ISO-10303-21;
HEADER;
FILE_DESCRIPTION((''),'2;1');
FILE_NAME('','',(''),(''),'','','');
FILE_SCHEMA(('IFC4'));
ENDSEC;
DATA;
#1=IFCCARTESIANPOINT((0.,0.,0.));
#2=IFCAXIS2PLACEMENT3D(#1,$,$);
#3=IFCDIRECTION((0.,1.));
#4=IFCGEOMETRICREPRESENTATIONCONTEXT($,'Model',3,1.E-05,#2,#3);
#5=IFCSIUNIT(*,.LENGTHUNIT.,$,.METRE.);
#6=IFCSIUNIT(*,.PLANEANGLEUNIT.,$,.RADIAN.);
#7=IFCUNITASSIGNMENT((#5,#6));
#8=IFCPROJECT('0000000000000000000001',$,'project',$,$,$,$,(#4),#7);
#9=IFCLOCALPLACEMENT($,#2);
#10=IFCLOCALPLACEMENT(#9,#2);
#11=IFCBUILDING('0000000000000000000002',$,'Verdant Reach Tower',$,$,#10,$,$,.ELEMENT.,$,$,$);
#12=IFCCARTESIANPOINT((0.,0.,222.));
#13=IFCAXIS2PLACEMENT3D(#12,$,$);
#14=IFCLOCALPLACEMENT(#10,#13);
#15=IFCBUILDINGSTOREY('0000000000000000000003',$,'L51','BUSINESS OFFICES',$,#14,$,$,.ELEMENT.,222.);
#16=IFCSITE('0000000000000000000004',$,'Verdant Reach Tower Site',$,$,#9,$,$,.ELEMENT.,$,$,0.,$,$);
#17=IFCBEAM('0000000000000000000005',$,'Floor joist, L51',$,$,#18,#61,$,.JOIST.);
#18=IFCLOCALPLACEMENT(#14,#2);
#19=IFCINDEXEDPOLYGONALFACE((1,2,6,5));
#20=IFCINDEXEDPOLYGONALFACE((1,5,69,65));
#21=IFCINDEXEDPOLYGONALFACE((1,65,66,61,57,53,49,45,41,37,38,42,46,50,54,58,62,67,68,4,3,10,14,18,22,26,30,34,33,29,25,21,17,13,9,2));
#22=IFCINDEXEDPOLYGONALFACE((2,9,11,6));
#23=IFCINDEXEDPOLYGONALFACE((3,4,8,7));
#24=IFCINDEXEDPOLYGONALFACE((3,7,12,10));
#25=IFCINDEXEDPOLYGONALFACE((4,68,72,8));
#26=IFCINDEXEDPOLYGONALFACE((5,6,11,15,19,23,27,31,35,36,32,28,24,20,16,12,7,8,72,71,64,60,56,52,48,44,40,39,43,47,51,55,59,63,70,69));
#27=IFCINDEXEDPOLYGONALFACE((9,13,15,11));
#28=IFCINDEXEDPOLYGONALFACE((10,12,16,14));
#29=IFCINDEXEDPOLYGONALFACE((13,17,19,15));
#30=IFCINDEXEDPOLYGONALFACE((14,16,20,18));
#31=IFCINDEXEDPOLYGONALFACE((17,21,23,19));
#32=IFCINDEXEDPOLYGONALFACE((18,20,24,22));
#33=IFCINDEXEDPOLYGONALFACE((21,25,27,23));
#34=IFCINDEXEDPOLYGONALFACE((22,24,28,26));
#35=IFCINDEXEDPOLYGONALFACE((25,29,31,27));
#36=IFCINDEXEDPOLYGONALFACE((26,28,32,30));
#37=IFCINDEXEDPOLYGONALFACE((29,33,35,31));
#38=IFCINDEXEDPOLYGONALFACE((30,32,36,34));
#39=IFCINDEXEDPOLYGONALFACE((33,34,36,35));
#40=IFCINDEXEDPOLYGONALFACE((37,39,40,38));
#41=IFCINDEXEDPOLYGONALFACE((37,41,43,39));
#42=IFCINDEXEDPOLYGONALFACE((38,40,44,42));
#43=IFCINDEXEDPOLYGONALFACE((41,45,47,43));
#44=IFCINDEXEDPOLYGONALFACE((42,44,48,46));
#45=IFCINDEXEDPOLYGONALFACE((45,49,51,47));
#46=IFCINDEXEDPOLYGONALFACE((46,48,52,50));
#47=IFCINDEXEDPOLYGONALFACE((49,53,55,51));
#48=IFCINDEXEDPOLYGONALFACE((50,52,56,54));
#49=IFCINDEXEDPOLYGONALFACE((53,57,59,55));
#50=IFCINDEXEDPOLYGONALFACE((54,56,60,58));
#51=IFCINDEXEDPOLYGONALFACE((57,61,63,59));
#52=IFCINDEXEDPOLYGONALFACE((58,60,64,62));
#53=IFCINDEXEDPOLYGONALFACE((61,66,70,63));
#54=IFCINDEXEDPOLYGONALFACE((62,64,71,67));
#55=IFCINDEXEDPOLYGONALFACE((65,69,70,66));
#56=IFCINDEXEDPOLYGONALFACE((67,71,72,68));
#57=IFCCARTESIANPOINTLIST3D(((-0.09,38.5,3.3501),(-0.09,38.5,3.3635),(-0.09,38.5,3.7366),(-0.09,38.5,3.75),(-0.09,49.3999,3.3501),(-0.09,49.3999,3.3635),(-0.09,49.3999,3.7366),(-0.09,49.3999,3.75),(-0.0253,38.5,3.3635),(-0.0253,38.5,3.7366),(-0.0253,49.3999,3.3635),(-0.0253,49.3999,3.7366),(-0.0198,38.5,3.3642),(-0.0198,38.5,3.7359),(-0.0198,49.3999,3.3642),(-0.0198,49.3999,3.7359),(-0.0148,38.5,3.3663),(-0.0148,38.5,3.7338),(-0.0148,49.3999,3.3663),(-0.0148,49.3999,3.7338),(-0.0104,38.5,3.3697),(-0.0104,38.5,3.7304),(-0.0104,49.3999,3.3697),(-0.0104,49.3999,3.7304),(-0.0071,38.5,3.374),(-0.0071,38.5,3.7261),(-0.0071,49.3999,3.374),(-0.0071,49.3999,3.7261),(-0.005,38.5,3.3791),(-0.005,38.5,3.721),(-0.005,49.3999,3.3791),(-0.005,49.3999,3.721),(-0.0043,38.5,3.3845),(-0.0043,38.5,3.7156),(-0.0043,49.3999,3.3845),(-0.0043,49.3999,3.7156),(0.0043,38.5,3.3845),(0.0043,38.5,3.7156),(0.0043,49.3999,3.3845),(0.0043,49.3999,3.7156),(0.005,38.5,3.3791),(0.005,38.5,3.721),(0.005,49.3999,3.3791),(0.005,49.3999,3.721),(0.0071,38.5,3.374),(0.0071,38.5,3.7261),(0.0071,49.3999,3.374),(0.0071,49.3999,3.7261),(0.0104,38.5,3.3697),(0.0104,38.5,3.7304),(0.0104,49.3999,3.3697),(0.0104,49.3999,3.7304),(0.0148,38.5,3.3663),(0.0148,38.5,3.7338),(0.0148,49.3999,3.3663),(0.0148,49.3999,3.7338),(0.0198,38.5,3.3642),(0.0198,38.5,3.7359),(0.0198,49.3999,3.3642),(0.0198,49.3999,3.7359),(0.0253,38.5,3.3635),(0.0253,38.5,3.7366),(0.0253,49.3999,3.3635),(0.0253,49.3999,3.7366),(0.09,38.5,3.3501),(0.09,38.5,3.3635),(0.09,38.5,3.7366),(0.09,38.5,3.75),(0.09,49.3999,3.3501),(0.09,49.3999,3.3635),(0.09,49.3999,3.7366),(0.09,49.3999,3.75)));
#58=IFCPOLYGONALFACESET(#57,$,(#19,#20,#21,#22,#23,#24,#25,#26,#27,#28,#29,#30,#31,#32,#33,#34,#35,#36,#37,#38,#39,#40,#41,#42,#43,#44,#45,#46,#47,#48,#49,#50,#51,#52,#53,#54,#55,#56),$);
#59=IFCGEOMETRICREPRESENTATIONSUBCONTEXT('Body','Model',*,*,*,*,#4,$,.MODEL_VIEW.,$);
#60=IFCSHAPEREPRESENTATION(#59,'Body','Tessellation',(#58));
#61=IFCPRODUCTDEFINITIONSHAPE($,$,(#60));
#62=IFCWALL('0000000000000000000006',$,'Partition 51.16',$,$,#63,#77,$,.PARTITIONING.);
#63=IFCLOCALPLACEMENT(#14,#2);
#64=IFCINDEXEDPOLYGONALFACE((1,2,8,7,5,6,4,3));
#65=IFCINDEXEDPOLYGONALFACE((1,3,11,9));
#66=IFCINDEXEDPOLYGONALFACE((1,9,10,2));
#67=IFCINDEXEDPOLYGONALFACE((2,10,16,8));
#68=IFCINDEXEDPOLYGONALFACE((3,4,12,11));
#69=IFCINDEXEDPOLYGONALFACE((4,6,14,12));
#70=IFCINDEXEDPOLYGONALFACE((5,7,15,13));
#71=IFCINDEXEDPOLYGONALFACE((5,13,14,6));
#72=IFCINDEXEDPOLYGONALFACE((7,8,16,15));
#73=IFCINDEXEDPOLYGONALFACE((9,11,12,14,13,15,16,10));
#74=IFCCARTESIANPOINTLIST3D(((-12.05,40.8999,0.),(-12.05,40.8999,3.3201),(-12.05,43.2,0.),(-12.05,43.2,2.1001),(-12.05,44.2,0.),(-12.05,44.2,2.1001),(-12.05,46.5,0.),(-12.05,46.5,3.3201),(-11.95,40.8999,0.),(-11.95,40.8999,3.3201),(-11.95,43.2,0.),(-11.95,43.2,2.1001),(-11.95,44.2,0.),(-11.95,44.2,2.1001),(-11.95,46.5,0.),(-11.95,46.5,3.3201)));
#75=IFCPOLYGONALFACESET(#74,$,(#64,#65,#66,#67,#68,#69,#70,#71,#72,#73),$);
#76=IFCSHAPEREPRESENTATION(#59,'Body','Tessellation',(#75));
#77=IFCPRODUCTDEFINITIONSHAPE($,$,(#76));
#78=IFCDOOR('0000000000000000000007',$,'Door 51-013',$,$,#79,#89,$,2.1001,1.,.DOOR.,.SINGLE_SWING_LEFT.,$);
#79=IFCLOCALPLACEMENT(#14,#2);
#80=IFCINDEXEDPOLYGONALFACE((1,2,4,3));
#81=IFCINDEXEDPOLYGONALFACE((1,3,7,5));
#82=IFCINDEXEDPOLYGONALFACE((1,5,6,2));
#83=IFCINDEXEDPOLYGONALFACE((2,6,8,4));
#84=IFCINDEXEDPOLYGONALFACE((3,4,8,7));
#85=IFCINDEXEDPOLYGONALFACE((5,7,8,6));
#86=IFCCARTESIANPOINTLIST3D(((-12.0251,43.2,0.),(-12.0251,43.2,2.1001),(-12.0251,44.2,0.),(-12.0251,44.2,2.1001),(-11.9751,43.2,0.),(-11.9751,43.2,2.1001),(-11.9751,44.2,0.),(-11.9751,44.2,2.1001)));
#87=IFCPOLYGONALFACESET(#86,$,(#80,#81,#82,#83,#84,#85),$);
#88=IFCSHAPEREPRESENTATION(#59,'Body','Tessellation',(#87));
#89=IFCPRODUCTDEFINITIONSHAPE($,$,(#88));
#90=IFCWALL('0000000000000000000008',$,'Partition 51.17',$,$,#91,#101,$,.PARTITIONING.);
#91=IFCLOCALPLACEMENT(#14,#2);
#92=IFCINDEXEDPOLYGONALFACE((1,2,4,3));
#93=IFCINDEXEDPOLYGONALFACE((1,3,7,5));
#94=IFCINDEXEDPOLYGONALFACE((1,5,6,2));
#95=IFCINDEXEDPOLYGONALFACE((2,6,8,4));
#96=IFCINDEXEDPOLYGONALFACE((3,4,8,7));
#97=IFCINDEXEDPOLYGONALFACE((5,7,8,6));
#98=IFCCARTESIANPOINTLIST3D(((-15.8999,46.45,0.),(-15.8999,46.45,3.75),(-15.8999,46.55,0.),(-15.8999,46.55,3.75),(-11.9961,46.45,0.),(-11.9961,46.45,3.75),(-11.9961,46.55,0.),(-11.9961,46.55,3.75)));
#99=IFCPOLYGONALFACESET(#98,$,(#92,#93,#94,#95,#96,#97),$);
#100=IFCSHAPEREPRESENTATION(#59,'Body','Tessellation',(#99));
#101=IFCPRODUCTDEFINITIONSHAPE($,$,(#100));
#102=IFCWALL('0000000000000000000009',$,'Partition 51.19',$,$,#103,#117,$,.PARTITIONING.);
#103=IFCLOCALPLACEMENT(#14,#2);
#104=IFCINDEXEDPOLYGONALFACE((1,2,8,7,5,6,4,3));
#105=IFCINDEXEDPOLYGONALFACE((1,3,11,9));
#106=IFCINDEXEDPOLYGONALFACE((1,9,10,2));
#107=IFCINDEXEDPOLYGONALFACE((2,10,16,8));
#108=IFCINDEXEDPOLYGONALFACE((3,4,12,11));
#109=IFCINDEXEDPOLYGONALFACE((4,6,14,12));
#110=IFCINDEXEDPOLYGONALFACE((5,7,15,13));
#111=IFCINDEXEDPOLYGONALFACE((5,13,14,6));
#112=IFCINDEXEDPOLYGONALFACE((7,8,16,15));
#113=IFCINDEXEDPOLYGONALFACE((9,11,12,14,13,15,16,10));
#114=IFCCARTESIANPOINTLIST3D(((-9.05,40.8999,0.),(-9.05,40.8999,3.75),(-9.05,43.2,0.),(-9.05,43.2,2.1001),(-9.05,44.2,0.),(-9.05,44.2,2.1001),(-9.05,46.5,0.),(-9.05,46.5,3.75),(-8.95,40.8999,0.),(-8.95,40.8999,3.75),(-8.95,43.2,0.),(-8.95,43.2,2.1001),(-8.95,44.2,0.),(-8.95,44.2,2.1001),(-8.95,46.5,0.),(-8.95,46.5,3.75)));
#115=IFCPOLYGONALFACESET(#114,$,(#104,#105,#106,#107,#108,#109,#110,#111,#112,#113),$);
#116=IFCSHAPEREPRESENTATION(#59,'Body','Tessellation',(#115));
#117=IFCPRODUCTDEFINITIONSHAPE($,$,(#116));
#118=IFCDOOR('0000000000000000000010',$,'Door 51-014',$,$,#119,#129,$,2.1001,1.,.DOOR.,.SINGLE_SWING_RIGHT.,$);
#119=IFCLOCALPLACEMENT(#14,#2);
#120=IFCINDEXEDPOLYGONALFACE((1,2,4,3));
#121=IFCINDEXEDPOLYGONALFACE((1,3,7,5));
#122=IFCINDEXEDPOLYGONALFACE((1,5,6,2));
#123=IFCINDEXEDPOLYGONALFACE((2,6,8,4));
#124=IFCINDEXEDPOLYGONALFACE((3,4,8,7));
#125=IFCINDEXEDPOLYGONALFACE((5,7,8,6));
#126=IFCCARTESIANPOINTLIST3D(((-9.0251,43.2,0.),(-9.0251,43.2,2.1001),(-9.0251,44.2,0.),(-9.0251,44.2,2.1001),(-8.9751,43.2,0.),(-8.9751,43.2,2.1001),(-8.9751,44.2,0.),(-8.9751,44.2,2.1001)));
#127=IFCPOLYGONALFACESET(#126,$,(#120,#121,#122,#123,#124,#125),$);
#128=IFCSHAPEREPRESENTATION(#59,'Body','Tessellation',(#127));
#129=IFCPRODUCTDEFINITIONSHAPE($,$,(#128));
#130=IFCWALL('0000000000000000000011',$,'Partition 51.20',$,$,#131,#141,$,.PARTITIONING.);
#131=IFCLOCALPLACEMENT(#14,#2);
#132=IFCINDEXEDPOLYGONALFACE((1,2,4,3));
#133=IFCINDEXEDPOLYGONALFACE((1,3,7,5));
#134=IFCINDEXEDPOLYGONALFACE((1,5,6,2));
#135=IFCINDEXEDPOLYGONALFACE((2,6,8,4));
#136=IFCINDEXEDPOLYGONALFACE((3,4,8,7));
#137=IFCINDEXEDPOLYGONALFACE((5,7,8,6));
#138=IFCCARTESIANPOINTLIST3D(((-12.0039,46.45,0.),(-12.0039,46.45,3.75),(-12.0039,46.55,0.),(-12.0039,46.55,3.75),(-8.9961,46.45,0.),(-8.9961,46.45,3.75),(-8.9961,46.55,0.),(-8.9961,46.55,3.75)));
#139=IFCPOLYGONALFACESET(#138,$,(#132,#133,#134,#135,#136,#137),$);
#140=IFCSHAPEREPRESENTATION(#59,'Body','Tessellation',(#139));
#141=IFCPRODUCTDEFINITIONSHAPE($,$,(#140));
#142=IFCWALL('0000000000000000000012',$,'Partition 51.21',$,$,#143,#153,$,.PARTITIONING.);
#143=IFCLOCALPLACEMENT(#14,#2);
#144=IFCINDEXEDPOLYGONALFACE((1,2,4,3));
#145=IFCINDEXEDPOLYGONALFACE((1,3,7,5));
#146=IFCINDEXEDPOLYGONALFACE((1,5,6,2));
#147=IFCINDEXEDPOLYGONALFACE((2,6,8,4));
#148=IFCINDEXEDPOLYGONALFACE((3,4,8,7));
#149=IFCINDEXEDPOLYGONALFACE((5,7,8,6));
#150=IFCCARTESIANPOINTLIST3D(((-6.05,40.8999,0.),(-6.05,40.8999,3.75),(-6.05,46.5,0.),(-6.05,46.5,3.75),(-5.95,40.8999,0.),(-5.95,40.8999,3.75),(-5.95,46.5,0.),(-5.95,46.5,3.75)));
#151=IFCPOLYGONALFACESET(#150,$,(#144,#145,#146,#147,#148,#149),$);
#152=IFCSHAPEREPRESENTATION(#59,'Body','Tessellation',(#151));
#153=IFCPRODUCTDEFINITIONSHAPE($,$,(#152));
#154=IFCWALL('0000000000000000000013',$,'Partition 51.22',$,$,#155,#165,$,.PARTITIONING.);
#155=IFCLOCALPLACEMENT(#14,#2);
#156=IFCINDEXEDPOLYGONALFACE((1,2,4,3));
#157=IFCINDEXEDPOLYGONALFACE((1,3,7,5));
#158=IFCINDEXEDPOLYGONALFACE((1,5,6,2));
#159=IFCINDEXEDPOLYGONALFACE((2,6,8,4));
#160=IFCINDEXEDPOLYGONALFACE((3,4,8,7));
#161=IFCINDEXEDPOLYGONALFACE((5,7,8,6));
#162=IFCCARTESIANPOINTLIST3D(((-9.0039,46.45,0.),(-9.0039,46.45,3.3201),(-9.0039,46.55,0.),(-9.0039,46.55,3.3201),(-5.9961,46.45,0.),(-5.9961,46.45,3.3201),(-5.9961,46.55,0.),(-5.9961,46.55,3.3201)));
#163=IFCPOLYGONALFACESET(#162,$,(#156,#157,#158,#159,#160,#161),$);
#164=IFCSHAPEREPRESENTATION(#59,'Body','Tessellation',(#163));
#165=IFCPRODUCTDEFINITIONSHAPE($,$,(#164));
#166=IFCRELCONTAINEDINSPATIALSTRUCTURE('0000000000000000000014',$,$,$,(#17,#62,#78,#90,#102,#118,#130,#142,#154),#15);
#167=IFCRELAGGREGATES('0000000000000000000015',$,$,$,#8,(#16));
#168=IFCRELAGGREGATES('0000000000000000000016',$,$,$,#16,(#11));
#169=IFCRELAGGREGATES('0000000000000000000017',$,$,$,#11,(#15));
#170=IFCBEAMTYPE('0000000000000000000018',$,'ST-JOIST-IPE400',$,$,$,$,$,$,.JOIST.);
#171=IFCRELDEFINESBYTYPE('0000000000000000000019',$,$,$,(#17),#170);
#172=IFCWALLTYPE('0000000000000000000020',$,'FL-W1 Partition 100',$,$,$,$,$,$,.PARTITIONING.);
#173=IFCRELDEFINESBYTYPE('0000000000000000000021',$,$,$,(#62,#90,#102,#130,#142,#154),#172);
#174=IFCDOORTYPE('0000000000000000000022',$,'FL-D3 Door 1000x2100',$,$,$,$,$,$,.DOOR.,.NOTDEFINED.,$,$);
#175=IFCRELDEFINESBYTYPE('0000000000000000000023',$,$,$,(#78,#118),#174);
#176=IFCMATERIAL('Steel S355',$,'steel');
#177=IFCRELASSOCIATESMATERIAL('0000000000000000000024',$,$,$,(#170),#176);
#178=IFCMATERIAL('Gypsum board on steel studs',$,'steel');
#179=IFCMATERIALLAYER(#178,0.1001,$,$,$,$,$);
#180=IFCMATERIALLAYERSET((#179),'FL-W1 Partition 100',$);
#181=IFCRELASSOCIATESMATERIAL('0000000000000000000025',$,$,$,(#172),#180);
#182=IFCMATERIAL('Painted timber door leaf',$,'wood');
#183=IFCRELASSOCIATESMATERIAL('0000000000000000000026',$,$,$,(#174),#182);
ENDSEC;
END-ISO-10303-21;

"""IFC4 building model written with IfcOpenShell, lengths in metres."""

from ifc_helpers import new_model, si_unit, direction, frame, frame_2d, origin, origin_2d, place, context, subcontext, project, spatial, rectangle, i_section, extrude, material, layer, layer_set, material_profile, profile_set, type_object, element, fill, save


model = new_model("IFC4")

# Units and contexts
model_context = context("Model", 3, precision=1e-05, world=origin(), true_north=direction((0.0, 1.0)))
body_context = subcontext(model_context, "Body", "Model", "MODEL_VIEW")
ifc_project = project(units=[si_unit("LENGTHUNIT", "METRE"), si_unit("PLANEANGLEUNIT", "RADIAN")], contexts=[model_context])

# Site, building, storey
site_placement = place(None, origin())
site = spatial("IfcSite", under=ifc_project, at=site_placement, Name="Verdant Reach Tower Site", CompositionType="ELEMENT", RefElevation=0.0)
building_placement = place(site_placement, origin())
building = spatial("IfcBuilding", under=site, at=building_placement, Name="Verdant Reach Tower", CompositionType="ELEMENT")
storey_placement = place(building_placement, frame((0.0, 0.0, 222.0)))
storey = spatial("IfcBuildingStorey", under=building, at=storey_placement, Name="L51", Description="BUSINESS OFFICES", CompositionType="ELEMENT", Elevation=222.0)

# Beam
ifc_material_1 = material(Name="Steel S355", Category="steel")
ifc_material_profile_1 = material_profile(ifc_material_1, i_section(OverallWidth=0.1799, OverallDepth=0.3999, WebThickness=0.0085, FlangeThickness=0.0134, FilletRadius=0.021, at=origin_2d()), Name="IPE 400")
ifc_profile_set_1 = profile_set([ifc_material_profile_1], Name="Steel S355")
beam_type_1 = type_object("IfcBeamType", Name="ST-JOIST-IPE400", PredefinedType="JOIST", material=ifc_profile_set_1)
for number, where, z_axis, x_axis, name in (
    (1, (0.0, 38.5, 3.55), (0.0, 1.0, 0.0), (-1.0, 0.0, 0.0), "Floor joist, L51"),
):
    element("IfcBeam", number, at=place(storey_placement, frame(where, z_axis=z_axis, x_axis=x_axis)), inside=storey, type_object=beam_type_1, Name=name, PredefinedType="JOIST", context=body_context, shape_type="SweptSolid", body=[
        extrude(i_section(OverallWidth=0.1799, OverallDepth=0.3999, WebThickness=0.0085, FlangeThickness=0.0134, FilletRadius=0.021, at=origin_2d()), origin(), (0.0, 0.0, 1.0), 10.8999),
    ])

# Wall, opening, door
ifc_material_2 = material(Name="Gypsum board on steel studs", Category="steel")
ifc_layer_1 = layer(ifc_material_2, 0.1001)
ifc_layer_set_1 = layer_set([ifc_layer_1], Name="FL-W1 Partition 100")
wall_type_1 = type_object("IfcWallType", Name="FL-W1 Partition 100", PredefinedType="PARTITIONING", material=ifc_layer_set_1)
wall_1_placement = place(storey_placement, frame((-12.0, 46.5, 0.0), z_axis=(0.0, 0.0, 1.0), x_axis=(0.0, -1.0, 0.0)))
wall_1 = element("IfcWall", 2, at=wall_1_placement, inside=storey, type_object=wall_type_1, Name="Partition 51.16", PredefinedType="PARTITIONING", context=body_context, shape_type="SweptSolid", body=[
    extrude(rectangle(XDim=5.6001, YDim=0.1001, at=frame_2d((2.8, 0.0))), origin(), (0.0, 0.0, 1.0), 3.3201),
])
opening_1_placement = place(wall_1_placement, frame((2.3, 0.0, 0.0)))
opening_1 = element("IfcOpeningElement", 3, at=opening_1_placement, cuts=wall_1, PredefinedType="OPENING", context=body_context, shape_type="SweptSolid", body=[
    extrude(rectangle(XDim=1.0, YDim=2.1001, at=frame_2d((0.5, 1.05))), frame((0.0, 0.0601, 0.0), z_axis=(0.0, -1.0, 0.0), x_axis=(1.0, 0.0, 0.0)), (0.0, 0.0, 1.0), 0.1201),
])
ifc_material_3 = material(Name="Painted timber door leaf", Category="wood")
door_type_1 = type_object("IfcDoorType", Name="FL-D3 Door 1000x2100", OperationType="NOTDEFINED", PredefinedType="DOOR", material=ifc_material_3)
door_1_placement = place(opening_1_placement, origin())
door_1 = element("IfcDoor", 4, at=door_1_placement, inside=storey, type_object=door_type_1, Name="Door 51-013", OperationType="SINGLE_SWING_LEFT", OverallHeight=2.1001, OverallWidth=1.0, PredefinedType="DOOR", context=body_context, shape_type="SweptSolid", body=[
    extrude(rectangle(XDim=1.0, YDim=2.1001, at=frame_2d((0.5, 1.05))), frame((0.0, 0.0249, 0.0), z_axis=(0.0, -1.0, 0.0), x_axis=(1.0, 0.0, 0.0)), (0.0, 0.0, 1.0), 0.05),
])
fill(opening_1, door_1)

# Wall
wall_2_placement = place(storey_placement, frame((-11.9961, 46.5, 0.0), z_axis=(0.0, 0.0, 1.0), x_axis=(-1.0, 0.0, 0.0)))
element("IfcWall", 5, at=wall_2_placement, inside=storey, type_object=wall_type_1, Name="Partition 51.17", PredefinedType="PARTITIONING", context=body_context, shape_type="SweptSolid", body=[
    extrude(rectangle(XDim=3.9038, YDim=0.1001, at=frame_2d((1.9519, 0.0))), origin(), (0.0, 0.0, 1.0), 3.75),
])

# Wall, opening, door
wall_3_placement = place(storey_placement, frame((-9.0, 46.5, 0.0), z_axis=(0.0, 0.0, 1.0), x_axis=(0.0, -1.0, 0.0)))
wall_3 = element("IfcWall", 6, at=wall_3_placement, inside=storey, type_object=wall_type_1, Name="Partition 51.19", PredefinedType="PARTITIONING", context=body_context, shape_type="SweptSolid", body=[
    extrude(rectangle(XDim=5.6001, YDim=0.1001, at=frame_2d((2.8, 0.0))), origin(), (0.0, 0.0, 1.0), 3.75),
])
opening_2_placement = place(wall_3_placement, frame((2.3, 0.0, 0.0)))
opening_2 = element("IfcOpeningElement", 7, at=opening_2_placement, cuts=wall_3, PredefinedType="OPENING", context=body_context, shape_type="SweptSolid", body=[
    extrude(rectangle(XDim=1.0, YDim=2.1001, at=frame_2d((0.5, 1.05))), frame((0.0, 0.0601, 0.0), z_axis=(0.0, -1.0, 0.0), x_axis=(1.0, 0.0, 0.0)), (0.0, 0.0, 1.0), 0.1201),
])
door_2_placement = place(opening_2_placement, origin())
door_2 = element("IfcDoor", 8, at=door_2_placement, inside=storey, type_object=door_type_1, Name="Door 51-014", OperationType="SINGLE_SWING_RIGHT", OverallHeight=2.1001, OverallWidth=1.0, PredefinedType="DOOR", context=body_context, shape_type="SweptSolid", body=[
    extrude(rectangle(XDim=1.0, YDim=2.1001, at=frame_2d((0.5, 1.05))), frame((0.0, 0.0249, 0.0), z_axis=(0.0, -1.0, 0.0), x_axis=(1.0, 0.0, 0.0)), (0.0, 0.0, 1.0), 0.05),
])
fill(opening_2, door_2)

# Walls
wall_4_placement = place(storey_placement, frame((-8.9961, 46.5, 0.0), z_axis=(0.0, 0.0, 1.0), x_axis=(-1.0, 0.0, 0.0)))
element("IfcWall", 9, at=wall_4_placement, inside=storey, type_object=wall_type_1, Name="Partition 51.20", PredefinedType="PARTITIONING", context=body_context, shape_type="SweptSolid", body=[
    extrude(rectangle(XDim=3.0078, YDim=0.1001, at=frame_2d((1.5039, 0.0))), origin(), (0.0, 0.0, 1.0), 3.75),
])
wall_5_placement = place(storey_placement, frame((-6.0, 40.8999, 0.0), z_axis=(0.0, 0.0, 1.0), x_axis=(0.0, 1.0, 0.0)))
element("IfcWall", 10, at=wall_5_placement, inside=storey, type_object=wall_type_1, Name="Partition 51.21", PredefinedType="PARTITIONING", context=body_context, shape_type="SweptSolid", body=[
    extrude(rectangle(XDim=5.6001, YDim=0.1001, at=frame_2d((2.8, 0.0))), origin(), (0.0, 0.0, 1.0), 3.75),
])
wall_6_placement = place(storey_placement, frame((-5.9961, 46.5, 0.0), z_axis=(0.0, 0.0, 1.0), x_axis=(-1.0, 0.0, 0.0)))
element("IfcWall", 11, at=wall_6_placement, inside=storey, type_object=wall_type_1, Name="Partition 51.22", PredefinedType="PARTITIONING", context=body_context, shape_type="SweptSolid", body=[
    extrude(rectangle(XDim=3.0078, YDim=0.1001, at=frame_2d((1.5039, 0.0))), origin(), (0.0, 0.0, 1.0), 3.3201),
])

save(model, "model.ifc")
